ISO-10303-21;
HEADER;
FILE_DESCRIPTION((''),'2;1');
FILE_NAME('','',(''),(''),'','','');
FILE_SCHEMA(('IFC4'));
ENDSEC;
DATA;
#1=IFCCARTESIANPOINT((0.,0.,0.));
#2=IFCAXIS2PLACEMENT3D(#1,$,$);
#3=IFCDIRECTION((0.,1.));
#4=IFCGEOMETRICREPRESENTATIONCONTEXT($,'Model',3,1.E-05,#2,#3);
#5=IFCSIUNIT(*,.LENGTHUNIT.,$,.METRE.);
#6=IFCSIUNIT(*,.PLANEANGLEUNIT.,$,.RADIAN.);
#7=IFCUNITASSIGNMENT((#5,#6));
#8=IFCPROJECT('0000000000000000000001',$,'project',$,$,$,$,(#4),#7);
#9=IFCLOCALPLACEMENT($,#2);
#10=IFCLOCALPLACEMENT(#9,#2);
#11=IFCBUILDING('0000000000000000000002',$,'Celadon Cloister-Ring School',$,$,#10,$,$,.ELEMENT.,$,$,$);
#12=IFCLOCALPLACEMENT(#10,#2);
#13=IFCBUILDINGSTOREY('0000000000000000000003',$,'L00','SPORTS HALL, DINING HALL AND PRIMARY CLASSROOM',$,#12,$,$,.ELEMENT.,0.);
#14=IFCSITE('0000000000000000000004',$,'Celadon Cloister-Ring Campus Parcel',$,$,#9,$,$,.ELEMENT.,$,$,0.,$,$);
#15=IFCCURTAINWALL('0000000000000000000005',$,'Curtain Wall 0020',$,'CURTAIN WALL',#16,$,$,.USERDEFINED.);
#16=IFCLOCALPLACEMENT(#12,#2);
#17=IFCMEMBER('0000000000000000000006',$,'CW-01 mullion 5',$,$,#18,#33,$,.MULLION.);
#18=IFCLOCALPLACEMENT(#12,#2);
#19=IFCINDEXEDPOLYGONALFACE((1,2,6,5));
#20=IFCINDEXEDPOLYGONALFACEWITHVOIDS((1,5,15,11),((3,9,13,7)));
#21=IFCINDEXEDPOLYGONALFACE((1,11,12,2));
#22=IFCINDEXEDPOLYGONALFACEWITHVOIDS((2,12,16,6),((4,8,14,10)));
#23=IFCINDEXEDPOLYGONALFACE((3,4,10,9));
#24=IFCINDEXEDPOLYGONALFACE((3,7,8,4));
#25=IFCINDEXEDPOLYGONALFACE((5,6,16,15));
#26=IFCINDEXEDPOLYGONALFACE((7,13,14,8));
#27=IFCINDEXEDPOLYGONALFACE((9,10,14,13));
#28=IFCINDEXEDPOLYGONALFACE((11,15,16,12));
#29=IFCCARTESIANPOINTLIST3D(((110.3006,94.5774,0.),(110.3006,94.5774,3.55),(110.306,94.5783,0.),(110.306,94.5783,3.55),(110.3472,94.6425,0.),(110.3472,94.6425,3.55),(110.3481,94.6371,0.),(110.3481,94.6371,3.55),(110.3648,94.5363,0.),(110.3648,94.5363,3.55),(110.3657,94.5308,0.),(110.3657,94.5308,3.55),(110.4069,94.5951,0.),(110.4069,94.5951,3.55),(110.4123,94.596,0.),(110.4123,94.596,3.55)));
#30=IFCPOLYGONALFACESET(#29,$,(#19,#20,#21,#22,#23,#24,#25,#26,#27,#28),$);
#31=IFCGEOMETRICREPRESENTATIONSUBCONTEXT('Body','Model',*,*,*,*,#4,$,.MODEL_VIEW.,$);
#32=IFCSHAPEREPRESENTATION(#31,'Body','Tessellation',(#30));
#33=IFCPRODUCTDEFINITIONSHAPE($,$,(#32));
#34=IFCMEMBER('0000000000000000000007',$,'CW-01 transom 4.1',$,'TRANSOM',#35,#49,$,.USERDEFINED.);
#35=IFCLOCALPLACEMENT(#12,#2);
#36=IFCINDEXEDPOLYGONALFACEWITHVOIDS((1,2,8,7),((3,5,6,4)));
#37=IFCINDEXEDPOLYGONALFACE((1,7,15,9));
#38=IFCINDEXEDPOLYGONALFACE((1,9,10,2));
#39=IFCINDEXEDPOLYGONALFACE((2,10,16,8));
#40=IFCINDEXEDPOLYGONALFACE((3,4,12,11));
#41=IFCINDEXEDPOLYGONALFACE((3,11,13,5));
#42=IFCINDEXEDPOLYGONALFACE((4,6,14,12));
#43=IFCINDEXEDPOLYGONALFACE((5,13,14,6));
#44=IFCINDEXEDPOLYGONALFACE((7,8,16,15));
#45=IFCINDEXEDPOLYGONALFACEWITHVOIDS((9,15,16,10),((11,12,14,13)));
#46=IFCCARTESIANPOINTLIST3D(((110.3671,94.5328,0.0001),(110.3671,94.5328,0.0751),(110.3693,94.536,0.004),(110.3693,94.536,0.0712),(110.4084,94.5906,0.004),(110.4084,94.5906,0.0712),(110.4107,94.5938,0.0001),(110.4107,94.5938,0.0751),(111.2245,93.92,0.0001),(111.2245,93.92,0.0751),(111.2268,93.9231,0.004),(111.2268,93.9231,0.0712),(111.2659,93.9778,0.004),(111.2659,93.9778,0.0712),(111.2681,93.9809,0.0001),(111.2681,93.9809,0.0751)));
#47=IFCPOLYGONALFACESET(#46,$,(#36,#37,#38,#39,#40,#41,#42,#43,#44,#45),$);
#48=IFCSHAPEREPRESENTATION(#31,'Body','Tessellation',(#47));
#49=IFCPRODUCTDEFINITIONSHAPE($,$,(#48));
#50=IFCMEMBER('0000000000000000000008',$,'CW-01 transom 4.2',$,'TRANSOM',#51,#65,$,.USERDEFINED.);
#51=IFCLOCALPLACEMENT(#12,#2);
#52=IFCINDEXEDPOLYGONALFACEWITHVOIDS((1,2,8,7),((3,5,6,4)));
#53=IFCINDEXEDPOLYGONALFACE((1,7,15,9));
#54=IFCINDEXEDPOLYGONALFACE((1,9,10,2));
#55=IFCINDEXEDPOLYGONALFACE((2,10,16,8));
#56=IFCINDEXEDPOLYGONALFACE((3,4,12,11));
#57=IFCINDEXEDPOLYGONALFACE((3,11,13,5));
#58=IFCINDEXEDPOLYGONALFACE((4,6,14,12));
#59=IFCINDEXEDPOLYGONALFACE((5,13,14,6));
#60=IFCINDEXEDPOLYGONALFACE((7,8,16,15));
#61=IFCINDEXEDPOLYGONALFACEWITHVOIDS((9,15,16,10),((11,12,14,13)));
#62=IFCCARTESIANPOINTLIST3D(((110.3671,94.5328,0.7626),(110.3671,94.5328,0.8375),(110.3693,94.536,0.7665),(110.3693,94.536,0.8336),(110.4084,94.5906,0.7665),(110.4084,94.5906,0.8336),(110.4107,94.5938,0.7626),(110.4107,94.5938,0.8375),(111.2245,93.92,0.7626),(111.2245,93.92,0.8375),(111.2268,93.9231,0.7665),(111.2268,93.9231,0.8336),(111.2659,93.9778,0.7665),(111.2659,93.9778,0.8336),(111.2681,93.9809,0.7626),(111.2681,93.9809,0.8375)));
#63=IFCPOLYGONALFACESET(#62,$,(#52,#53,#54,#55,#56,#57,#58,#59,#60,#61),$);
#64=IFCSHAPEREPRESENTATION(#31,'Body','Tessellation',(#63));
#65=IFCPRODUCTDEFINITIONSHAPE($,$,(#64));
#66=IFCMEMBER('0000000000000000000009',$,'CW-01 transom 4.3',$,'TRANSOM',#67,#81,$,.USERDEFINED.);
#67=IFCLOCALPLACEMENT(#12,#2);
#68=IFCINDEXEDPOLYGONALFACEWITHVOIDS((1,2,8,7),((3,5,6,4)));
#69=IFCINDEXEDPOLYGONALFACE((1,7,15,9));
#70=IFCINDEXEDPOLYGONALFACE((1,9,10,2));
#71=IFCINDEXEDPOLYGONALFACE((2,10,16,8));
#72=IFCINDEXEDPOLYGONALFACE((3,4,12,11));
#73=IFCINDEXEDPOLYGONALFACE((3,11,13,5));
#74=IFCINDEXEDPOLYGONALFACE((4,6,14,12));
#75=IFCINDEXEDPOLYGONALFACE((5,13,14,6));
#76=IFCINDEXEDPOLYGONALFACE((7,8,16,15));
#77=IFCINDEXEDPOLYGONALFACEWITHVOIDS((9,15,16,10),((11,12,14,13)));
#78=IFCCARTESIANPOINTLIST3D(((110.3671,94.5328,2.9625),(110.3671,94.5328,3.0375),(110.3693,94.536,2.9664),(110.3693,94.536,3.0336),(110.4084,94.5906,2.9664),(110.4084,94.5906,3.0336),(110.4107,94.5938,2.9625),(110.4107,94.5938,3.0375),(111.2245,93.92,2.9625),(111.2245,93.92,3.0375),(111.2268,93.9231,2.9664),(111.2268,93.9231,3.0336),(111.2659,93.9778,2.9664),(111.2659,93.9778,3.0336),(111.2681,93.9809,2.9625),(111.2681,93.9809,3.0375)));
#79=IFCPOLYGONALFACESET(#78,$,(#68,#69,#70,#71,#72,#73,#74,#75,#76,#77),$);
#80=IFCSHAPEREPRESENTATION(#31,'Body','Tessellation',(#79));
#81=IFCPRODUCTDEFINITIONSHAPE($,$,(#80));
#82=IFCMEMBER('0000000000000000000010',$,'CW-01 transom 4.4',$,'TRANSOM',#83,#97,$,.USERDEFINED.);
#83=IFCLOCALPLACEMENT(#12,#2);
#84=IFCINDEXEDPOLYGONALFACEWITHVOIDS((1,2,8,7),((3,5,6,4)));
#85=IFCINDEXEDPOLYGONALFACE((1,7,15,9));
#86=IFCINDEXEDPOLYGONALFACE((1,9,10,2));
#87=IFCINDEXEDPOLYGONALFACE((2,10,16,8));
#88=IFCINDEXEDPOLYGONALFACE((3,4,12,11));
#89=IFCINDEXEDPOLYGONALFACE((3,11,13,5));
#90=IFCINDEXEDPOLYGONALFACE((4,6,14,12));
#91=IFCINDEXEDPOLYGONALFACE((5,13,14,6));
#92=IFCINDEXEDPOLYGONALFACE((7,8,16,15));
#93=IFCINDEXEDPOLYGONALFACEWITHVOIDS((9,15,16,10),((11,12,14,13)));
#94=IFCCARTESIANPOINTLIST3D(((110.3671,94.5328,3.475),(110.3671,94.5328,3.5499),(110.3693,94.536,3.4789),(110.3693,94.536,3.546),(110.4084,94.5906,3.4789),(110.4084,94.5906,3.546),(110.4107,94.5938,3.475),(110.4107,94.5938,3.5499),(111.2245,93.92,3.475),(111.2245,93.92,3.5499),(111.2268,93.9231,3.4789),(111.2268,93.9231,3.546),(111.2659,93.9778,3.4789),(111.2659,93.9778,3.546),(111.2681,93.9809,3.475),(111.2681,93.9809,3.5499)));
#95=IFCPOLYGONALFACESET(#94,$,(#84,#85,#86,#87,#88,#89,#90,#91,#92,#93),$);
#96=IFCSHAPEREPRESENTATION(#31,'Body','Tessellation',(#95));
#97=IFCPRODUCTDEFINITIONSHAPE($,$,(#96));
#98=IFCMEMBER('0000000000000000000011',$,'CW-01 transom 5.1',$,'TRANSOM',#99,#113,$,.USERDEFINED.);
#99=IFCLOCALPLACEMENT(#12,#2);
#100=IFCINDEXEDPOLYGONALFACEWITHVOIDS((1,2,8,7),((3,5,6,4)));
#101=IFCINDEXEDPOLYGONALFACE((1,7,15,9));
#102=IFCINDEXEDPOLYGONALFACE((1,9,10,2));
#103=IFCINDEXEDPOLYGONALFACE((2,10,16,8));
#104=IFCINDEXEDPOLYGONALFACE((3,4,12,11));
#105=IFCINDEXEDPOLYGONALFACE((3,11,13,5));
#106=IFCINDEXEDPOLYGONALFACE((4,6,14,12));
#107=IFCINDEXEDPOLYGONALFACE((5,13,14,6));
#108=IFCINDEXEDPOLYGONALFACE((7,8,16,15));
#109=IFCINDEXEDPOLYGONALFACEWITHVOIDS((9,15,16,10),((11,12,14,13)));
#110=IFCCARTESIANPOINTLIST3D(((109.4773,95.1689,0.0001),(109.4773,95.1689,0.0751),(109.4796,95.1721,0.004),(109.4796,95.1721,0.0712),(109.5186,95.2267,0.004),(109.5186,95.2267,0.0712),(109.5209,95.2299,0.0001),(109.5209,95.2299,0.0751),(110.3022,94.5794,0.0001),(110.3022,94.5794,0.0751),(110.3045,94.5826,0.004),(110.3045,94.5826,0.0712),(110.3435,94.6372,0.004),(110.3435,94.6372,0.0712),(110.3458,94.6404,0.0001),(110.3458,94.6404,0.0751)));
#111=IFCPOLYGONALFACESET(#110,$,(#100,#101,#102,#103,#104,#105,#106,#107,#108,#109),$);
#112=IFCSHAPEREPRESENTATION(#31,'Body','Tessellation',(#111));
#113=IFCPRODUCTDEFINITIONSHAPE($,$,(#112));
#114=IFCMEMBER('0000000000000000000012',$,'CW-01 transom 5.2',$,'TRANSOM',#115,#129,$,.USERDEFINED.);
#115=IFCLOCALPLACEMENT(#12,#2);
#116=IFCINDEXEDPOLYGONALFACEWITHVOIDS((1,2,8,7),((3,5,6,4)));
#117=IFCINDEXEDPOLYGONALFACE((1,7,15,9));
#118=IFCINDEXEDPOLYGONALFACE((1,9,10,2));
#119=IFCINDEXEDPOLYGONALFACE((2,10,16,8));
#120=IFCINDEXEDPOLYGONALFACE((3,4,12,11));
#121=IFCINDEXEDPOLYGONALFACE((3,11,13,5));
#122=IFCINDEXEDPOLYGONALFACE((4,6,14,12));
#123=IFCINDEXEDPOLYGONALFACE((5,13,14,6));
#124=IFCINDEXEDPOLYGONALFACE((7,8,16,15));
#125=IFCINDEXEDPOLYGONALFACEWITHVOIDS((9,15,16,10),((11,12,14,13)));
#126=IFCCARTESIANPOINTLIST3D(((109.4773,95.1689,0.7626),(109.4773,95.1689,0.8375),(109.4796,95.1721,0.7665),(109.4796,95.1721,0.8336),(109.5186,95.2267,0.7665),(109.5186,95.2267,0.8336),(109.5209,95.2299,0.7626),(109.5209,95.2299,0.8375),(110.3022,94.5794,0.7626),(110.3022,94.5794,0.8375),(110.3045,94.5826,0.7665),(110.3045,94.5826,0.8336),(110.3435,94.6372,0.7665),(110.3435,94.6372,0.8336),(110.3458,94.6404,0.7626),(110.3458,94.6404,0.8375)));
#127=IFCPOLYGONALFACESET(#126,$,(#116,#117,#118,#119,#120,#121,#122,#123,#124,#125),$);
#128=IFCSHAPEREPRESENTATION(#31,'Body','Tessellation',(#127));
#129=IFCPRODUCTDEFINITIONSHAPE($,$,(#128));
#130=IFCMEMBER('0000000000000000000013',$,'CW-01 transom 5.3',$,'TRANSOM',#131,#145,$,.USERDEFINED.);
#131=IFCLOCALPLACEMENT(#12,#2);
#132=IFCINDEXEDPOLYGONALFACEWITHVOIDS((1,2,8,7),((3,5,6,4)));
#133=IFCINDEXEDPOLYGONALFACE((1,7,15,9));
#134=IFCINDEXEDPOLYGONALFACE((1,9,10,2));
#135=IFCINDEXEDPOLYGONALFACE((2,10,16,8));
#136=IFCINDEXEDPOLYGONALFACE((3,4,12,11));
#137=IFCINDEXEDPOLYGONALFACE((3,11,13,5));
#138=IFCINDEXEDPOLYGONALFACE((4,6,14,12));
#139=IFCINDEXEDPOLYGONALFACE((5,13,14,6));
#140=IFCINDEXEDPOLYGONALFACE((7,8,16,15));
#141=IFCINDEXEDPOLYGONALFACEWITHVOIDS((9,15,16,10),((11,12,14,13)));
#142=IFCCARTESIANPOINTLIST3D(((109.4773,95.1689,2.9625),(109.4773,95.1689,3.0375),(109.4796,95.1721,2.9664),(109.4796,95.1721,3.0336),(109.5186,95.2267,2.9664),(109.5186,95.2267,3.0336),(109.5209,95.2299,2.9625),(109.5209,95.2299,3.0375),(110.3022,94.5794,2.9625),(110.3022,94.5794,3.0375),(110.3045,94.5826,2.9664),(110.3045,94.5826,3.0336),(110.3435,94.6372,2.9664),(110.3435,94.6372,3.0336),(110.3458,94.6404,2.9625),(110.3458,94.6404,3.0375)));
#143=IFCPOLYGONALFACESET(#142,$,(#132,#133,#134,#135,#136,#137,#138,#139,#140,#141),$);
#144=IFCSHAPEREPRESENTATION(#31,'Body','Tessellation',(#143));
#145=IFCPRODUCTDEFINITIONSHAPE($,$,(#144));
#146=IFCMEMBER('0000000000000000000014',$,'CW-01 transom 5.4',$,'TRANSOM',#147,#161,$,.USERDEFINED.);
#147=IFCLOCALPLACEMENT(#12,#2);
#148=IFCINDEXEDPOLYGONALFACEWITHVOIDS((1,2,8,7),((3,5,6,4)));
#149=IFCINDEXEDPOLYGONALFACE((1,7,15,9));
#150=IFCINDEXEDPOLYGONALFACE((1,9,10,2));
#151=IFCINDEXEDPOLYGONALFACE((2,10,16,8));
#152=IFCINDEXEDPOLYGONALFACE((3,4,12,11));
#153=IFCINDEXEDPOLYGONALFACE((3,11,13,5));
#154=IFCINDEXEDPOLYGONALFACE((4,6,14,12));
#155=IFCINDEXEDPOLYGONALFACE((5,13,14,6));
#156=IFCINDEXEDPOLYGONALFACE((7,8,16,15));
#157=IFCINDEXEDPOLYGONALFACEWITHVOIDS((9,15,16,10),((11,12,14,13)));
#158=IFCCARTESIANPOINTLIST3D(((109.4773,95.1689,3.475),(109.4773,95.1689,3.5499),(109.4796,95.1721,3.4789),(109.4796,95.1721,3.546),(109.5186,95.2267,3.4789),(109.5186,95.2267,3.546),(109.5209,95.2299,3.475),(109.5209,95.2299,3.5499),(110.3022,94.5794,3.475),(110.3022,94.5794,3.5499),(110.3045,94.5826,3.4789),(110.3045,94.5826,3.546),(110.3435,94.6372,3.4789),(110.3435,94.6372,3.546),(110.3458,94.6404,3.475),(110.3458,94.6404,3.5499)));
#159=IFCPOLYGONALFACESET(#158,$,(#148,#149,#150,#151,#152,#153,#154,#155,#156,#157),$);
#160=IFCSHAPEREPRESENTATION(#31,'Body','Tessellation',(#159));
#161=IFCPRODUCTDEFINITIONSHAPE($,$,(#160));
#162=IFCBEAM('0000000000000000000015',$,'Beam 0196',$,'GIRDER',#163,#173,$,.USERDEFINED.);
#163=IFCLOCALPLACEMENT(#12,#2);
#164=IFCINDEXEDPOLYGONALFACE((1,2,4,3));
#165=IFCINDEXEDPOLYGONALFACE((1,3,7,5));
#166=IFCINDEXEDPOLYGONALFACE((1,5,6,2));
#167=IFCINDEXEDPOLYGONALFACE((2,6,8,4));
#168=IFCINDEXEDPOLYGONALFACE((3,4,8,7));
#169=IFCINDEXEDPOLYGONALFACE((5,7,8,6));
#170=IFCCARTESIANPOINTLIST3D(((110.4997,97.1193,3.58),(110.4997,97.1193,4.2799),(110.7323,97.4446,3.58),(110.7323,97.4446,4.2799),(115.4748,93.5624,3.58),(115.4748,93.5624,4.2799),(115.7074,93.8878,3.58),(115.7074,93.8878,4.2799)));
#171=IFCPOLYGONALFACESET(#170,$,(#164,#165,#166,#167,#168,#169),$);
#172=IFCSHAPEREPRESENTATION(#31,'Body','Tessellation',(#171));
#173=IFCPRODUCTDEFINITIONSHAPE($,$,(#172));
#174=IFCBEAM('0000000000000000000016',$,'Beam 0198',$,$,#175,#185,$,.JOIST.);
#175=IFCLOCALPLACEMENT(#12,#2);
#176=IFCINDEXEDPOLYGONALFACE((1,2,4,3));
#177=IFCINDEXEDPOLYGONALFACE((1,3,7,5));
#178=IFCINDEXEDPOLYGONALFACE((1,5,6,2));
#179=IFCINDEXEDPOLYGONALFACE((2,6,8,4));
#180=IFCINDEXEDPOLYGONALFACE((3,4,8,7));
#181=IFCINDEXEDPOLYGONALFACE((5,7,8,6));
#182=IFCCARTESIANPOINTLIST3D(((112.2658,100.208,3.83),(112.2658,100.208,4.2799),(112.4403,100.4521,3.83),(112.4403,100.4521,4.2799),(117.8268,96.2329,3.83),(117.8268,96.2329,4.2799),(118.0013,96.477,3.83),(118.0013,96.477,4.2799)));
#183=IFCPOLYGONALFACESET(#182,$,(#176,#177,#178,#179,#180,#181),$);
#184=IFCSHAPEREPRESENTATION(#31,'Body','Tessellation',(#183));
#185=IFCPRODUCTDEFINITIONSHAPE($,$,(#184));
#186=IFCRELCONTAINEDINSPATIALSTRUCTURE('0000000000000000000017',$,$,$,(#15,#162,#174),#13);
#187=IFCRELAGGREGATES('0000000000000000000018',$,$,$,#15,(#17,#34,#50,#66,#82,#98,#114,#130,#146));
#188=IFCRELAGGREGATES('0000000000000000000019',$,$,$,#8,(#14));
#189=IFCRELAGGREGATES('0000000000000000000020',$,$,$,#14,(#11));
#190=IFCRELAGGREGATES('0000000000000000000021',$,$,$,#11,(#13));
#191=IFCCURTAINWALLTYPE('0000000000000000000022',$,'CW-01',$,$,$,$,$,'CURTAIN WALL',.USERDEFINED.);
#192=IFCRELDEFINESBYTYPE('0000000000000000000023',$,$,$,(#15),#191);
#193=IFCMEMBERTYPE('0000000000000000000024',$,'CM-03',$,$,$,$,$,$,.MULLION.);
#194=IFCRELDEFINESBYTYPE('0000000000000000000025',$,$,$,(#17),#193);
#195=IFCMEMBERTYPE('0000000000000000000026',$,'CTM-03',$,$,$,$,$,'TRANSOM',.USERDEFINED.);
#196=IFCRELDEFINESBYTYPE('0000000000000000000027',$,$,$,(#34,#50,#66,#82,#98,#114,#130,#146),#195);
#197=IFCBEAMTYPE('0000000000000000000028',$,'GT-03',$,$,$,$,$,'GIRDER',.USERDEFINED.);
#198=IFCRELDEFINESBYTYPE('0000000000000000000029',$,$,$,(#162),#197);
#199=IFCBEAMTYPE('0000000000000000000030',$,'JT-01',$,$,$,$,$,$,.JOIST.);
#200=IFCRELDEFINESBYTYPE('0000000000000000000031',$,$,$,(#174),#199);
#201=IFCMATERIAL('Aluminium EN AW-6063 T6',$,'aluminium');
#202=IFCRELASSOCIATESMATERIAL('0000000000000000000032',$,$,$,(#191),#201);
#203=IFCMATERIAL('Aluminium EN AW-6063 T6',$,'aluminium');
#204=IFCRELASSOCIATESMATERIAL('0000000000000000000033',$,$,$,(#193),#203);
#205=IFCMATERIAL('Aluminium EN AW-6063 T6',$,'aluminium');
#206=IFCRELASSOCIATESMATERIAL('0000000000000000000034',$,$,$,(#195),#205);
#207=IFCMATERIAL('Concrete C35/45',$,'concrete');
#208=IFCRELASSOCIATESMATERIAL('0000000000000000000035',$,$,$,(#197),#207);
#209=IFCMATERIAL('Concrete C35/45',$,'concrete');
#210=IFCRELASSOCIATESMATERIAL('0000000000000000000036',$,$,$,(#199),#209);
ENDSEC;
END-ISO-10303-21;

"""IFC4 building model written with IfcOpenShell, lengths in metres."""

from ifc_helpers import new_model, si_unit, direction, frame, origin, origin_2d, place, context, subcontext, project, spatial, rectangle, hollow_rectangle, extrude, material, material_profile, profile_set, type_object, element, aggregate, save


model = new_model("IFC4")

# Units and contexts
model_context = context("Model", 3, precision=1e-05, world=origin(), true_north=direction((0.0, 1.0)))
body_context = subcontext(model_context, "Body", "Model", "MODEL_VIEW")
ifc_project = project(units=[si_unit("LENGTHUNIT", "METRE"), si_unit("PLANEANGLEUNIT", "RADIAN")], contexts=[model_context])

# Site, building, storey
site_placement = place(None, origin())
site = spatial("IfcSite", under=ifc_project, at=site_placement, Name="Celadon Cloister-Ring Campus Parcel", CompositionType="ELEMENT", RefElevation=0.0)
building_placement = place(site_placement, origin())
building = spatial("IfcBuilding", under=site, at=building_placement, Name="Celadon Cloister-Ring School", CompositionType="ELEMENT")
storey_placement = place(building_placement, origin())
storey = spatial("IfcBuildingStorey", under=building, at=storey_placement, Name="L00", Description="SPORTS HALL, DINING HALL AND PRIMARY CLASSROOM", CompositionType="ELEMENT", Elevation=0.0)

# Curtain wall, members
ifc_material_1 = material(Name="Aluminium EN AW-6063 T6", Category="aluminium")
curtain_wall_type = type_object("IfcCurtainWallType", Name="CW-01", ElementType="CURTAIN WALL", PredefinedType="USERDEFINED", material=ifc_material_1)
curtain_wall_placement = place(storey_placement, origin())
curtain_wall = element("IfcCurtainWall", 1, at=curtain_wall_placement, inside=storey, type_object=curtain_wall_type, Name="Curtain Wall 0020", ObjectType="CURTAIN WALL", PredefinedType="USERDEFINED")
ifc_material_2 = material(Name="Aluminium EN AW-6063 T6", Category="aluminium")
ifc_material_profile_1 = material_profile(ifc_material_2, hollow_rectangle(XDim=0.0801, YDim=0.0801, WallThickness=0.0039, at=origin_2d()), Name="RHS80X80X4")
ifc_profile_set_1 = profile_set([ifc_material_profile_1], Name="Aluminium EN AW-6063 T6")
member_type_1 = type_object("IfcMemberType", Name="CM-03", PredefinedType="MULLION", material=ifc_profile_set_1)
member_1_placement = place(storey_placement, frame((110.3564, 94.5867, 0.0), z_axis=(0.0, 0.0, 1.0), x_axis=(-0.581555, -0.813507, 0.0)))
member_1 = element("IfcMember", 2, at=member_1_placement, type_object=member_type_1, Name="CW-01 mullion 5", PredefinedType="MULLION", context=body_context, shape_type="SweptSolid", body=[
    extrude(hollow_rectangle(XDim=0.0801, YDim=0.0801, WallThickness=0.0039, at=origin_2d()), origin(), (0.0, 0.0, 1.0), 3.55),
])
ifc_material_3 = material(Name="Aluminium EN AW-6063 T6", Category="aluminium")
ifc_material_profile_2 = material_profile(ifc_material_3, hollow_rectangle(XDim=0.075, YDim=0.075, WallThickness=0.0039, at=origin_2d()), Name="RHS75X75X4")
ifc_profile_set_2 = profile_set([ifc_material_profile_2], Name="Aluminium EN AW-6063 T6")
member_type_2 = type_object("IfcMemberType", Name="CTM-03", ElementType="TRANSOM", PredefinedType="USERDEFINED", material=ifc_profile_set_2)
member_2_placement = place(storey_placement, frame((111.2463, 93.9504, 0.0376), z_axis=(-0.813577, 0.581457, 0.0), x_axis=(-0.581457, -0.813577, 0.0)))
member_2 = element("IfcMember", 3, at=member_2_placement, type_object=member_type_2, Name="CW-01 transom 4.1", ObjectType="TRANSOM", PredefinedType="USERDEFINED", context=body_context, shape_type="SweptSolid", body=[
    extrude(hollow_rectangle(XDim=0.075, YDim=0.075, WallThickness=0.0039, at=origin_2d()), origin(), (0.0, 0.0, 1.0), 1.054),
])
member_3_placement = place(storey_placement, frame((111.2463, 93.9504, 0.8), z_axis=(-0.813577, 0.581457, 0.0), x_axis=(-0.581457, -0.813577, 0.0)))
member_3 = element("IfcMember", 4, at=member_3_placement, type_object=member_type_2, Name="CW-01 transom 4.2", ObjectType="TRANSOM", PredefinedType="USERDEFINED", context=body_context, shape_type="SweptSolid", body=[
    extrude(hollow_rectangle(XDim=0.075, YDim=0.075, WallThickness=0.0039, at=origin_2d()), origin(), (0.0, 0.0, 1.0), 1.054),
])
member_4_placement = place(storey_placement, frame((111.2463, 93.9504, 3.0), z_axis=(-0.813577, 0.581457, 0.0), x_axis=(-0.581457, -0.813577, 0.0)))
member_4 = element("IfcMember", 5, at=member_4_placement, type_object=member_type_2, Name="CW-01 transom 4.3", ObjectType="TRANSOM", PredefinedType="USERDEFINED", context=body_context, shape_type="SweptSolid", body=[
    extrude(hollow_rectangle(XDim=0.075, YDim=0.075, WallThickness=0.0039, at=origin_2d()), origin(), (0.0, 0.0, 1.0), 1.054),
])
member_5_placement = place(storey_placement, frame((111.2463, 93.9504, 3.5125), z_axis=(-0.813577, 0.581457, 0.0), x_axis=(-0.581457, -0.813577, 0.0)))
member_5 = element("IfcMember", 6, at=member_5_placement, type_object=member_type_2, Name="CW-01 transom 4.4", ObjectType="TRANSOM", PredefinedType="USERDEFINED", context=body_context, shape_type="SweptSolid", body=[
    extrude(hollow_rectangle(XDim=0.075, YDim=0.075, WallThickness=0.0039, at=origin_2d()), origin(), (0.0, 0.0, 1.0), 1.054),
])
member_6_placement = place(storey_placement, frame((110.324, 94.6099, 0.0376), z_axis=(-0.813571, 0.581466, 0.0), x_axis=(-0.581466, -0.813571, 0.0)))
member_6 = element("IfcMember", 7, at=member_6_placement, type_object=member_type_2, Name="CW-01 transom 5.1", ObjectType="TRANSOM", PredefinedType="USERDEFINED", context=body_context, shape_type="SweptSolid", body=[
    extrude(hollow_rectangle(XDim=0.075, YDim=0.075, WallThickness=0.0039, at=origin_2d()), origin(), (0.0, 0.0, 1.0), 1.0139),
])
member_7_placement = place(storey_placement, frame((110.324, 94.6099, 0.8), z_axis=(-0.813571, 0.581466, 0.0), x_axis=(-0.581466, -0.813571, 0.0)))
member_7 = element("IfcMember", 8, at=member_7_placement, type_object=member_type_2, Name="CW-01 transom 5.2", ObjectType="TRANSOM", PredefinedType="USERDEFINED", context=body_context, shape_type="SweptSolid", body=[
    extrude(hollow_rectangle(XDim=0.075, YDim=0.075, WallThickness=0.0039, at=origin_2d()), origin(), (0.0, 0.0, 1.0), 1.0139),
])
member_8_placement = place(storey_placement, frame((110.324, 94.6099, 3.0), z_axis=(-0.813571, 0.581466, 0.0), x_axis=(-0.581466, -0.813571, 0.0)))
member_8 = element("IfcMember", 9, at=member_8_placement, type_object=member_type_2, Name="CW-01 transom 5.3", ObjectType="TRANSOM", PredefinedType="USERDEFINED", context=body_context, shape_type="SweptSolid", body=[
    extrude(hollow_rectangle(XDim=0.075, YDim=0.075, WallThickness=0.0039, at=origin_2d()), origin(), (0.0, 0.0, 1.0), 1.0139),
])
member_9_placement = place(storey_placement, frame((110.324, 94.6099, 3.5125), z_axis=(-0.813571, 0.581466, 0.0), x_axis=(-0.581466, -0.813571, 0.0)))
member_9 = element("IfcMember", 10, at=member_9_placement, type_object=member_type_2, Name="CW-01 transom 5.4", ObjectType="TRANSOM", PredefinedType="USERDEFINED", context=body_context, shape_type="SweptSolid", body=[
    extrude(hollow_rectangle(XDim=0.075, YDim=0.075, WallThickness=0.0039, at=origin_2d()), origin(), (0.0, 0.0, 1.0), 1.0139),
])

# Beams
ifc_material_4 = material(Name="Concrete C35/45", Category="concrete")
ifc_material_profile_3 = material_profile(ifc_material_4, rectangle(XDim=0.3999, YDim=0.7, at=origin_2d()), Name="RC400X700")
ifc_profile_set_3 = profile_set([ifc_material_profile_3], Name="Concrete C35/45")
beam_type_1 = type_object("IfcBeamType", Name="GT-03", ElementType="GIRDER", PredefinedType="USERDEFINED", material=ifc_profile_set_3)
beam_1_placement = place(storey_placement, frame((115.5911, 93.7251, 3.9299), z_axis=(-0.813483, 0.581589, 0.0), x_axis=(-0.581589, -0.813483, 0.0)))
element("IfcBeam", 11, at=beam_1_placement, inside=storey, type_object=beam_type_1, Name="Beam 0196", ObjectType="GIRDER", PredefinedType="USERDEFINED", context=body_context, shape_type="SweptSolid", body=[
    extrude(rectangle(XDim=0.3999, YDim=0.7, at=origin_2d()), origin(), (0.0, 0.0, 1.0), 6.1157),
])
ifc_material_5 = material(Name="Concrete C35/45", Category="concrete")
ifc_material_profile_4 = material_profile(ifc_material_5, rectangle(XDim=0.3, YDim=0.45, at=origin_2d()), Name="RC300X450")
ifc_profile_set_4 = profile_set([ifc_material_profile_4], Name="Concrete C35/45")
beam_type_2 = type_object("IfcBeamType", Name="JT-01", PredefinedType="JOIST", material=ifc_profile_set_4)
beam_2_placement = place(storey_placement, frame((117.9141, 96.355, 4.0549), z_axis=(-0.813531, 0.581522, 0.0), x_axis=(-0.581522, -0.813531, 0.0)))
element("IfcBeam", 12, at=beam_2_placement, inside=storey, type_object=beam_type_2, Name="Beam 0198", PredefinedType="JOIST", context=body_context, shape_type="SweptSolid", body=[
    extrude(rectangle(XDim=0.3, YDim=0.45, at=origin_2d()), origin(), (0.0, 0.0, 1.0), 6.8357),
])

aggregate(curtain_wall, [member_1, member_2, member_3, member_4, member_5, member_6, member_7, member_8, member_9])

save(model, "model.ifc")
